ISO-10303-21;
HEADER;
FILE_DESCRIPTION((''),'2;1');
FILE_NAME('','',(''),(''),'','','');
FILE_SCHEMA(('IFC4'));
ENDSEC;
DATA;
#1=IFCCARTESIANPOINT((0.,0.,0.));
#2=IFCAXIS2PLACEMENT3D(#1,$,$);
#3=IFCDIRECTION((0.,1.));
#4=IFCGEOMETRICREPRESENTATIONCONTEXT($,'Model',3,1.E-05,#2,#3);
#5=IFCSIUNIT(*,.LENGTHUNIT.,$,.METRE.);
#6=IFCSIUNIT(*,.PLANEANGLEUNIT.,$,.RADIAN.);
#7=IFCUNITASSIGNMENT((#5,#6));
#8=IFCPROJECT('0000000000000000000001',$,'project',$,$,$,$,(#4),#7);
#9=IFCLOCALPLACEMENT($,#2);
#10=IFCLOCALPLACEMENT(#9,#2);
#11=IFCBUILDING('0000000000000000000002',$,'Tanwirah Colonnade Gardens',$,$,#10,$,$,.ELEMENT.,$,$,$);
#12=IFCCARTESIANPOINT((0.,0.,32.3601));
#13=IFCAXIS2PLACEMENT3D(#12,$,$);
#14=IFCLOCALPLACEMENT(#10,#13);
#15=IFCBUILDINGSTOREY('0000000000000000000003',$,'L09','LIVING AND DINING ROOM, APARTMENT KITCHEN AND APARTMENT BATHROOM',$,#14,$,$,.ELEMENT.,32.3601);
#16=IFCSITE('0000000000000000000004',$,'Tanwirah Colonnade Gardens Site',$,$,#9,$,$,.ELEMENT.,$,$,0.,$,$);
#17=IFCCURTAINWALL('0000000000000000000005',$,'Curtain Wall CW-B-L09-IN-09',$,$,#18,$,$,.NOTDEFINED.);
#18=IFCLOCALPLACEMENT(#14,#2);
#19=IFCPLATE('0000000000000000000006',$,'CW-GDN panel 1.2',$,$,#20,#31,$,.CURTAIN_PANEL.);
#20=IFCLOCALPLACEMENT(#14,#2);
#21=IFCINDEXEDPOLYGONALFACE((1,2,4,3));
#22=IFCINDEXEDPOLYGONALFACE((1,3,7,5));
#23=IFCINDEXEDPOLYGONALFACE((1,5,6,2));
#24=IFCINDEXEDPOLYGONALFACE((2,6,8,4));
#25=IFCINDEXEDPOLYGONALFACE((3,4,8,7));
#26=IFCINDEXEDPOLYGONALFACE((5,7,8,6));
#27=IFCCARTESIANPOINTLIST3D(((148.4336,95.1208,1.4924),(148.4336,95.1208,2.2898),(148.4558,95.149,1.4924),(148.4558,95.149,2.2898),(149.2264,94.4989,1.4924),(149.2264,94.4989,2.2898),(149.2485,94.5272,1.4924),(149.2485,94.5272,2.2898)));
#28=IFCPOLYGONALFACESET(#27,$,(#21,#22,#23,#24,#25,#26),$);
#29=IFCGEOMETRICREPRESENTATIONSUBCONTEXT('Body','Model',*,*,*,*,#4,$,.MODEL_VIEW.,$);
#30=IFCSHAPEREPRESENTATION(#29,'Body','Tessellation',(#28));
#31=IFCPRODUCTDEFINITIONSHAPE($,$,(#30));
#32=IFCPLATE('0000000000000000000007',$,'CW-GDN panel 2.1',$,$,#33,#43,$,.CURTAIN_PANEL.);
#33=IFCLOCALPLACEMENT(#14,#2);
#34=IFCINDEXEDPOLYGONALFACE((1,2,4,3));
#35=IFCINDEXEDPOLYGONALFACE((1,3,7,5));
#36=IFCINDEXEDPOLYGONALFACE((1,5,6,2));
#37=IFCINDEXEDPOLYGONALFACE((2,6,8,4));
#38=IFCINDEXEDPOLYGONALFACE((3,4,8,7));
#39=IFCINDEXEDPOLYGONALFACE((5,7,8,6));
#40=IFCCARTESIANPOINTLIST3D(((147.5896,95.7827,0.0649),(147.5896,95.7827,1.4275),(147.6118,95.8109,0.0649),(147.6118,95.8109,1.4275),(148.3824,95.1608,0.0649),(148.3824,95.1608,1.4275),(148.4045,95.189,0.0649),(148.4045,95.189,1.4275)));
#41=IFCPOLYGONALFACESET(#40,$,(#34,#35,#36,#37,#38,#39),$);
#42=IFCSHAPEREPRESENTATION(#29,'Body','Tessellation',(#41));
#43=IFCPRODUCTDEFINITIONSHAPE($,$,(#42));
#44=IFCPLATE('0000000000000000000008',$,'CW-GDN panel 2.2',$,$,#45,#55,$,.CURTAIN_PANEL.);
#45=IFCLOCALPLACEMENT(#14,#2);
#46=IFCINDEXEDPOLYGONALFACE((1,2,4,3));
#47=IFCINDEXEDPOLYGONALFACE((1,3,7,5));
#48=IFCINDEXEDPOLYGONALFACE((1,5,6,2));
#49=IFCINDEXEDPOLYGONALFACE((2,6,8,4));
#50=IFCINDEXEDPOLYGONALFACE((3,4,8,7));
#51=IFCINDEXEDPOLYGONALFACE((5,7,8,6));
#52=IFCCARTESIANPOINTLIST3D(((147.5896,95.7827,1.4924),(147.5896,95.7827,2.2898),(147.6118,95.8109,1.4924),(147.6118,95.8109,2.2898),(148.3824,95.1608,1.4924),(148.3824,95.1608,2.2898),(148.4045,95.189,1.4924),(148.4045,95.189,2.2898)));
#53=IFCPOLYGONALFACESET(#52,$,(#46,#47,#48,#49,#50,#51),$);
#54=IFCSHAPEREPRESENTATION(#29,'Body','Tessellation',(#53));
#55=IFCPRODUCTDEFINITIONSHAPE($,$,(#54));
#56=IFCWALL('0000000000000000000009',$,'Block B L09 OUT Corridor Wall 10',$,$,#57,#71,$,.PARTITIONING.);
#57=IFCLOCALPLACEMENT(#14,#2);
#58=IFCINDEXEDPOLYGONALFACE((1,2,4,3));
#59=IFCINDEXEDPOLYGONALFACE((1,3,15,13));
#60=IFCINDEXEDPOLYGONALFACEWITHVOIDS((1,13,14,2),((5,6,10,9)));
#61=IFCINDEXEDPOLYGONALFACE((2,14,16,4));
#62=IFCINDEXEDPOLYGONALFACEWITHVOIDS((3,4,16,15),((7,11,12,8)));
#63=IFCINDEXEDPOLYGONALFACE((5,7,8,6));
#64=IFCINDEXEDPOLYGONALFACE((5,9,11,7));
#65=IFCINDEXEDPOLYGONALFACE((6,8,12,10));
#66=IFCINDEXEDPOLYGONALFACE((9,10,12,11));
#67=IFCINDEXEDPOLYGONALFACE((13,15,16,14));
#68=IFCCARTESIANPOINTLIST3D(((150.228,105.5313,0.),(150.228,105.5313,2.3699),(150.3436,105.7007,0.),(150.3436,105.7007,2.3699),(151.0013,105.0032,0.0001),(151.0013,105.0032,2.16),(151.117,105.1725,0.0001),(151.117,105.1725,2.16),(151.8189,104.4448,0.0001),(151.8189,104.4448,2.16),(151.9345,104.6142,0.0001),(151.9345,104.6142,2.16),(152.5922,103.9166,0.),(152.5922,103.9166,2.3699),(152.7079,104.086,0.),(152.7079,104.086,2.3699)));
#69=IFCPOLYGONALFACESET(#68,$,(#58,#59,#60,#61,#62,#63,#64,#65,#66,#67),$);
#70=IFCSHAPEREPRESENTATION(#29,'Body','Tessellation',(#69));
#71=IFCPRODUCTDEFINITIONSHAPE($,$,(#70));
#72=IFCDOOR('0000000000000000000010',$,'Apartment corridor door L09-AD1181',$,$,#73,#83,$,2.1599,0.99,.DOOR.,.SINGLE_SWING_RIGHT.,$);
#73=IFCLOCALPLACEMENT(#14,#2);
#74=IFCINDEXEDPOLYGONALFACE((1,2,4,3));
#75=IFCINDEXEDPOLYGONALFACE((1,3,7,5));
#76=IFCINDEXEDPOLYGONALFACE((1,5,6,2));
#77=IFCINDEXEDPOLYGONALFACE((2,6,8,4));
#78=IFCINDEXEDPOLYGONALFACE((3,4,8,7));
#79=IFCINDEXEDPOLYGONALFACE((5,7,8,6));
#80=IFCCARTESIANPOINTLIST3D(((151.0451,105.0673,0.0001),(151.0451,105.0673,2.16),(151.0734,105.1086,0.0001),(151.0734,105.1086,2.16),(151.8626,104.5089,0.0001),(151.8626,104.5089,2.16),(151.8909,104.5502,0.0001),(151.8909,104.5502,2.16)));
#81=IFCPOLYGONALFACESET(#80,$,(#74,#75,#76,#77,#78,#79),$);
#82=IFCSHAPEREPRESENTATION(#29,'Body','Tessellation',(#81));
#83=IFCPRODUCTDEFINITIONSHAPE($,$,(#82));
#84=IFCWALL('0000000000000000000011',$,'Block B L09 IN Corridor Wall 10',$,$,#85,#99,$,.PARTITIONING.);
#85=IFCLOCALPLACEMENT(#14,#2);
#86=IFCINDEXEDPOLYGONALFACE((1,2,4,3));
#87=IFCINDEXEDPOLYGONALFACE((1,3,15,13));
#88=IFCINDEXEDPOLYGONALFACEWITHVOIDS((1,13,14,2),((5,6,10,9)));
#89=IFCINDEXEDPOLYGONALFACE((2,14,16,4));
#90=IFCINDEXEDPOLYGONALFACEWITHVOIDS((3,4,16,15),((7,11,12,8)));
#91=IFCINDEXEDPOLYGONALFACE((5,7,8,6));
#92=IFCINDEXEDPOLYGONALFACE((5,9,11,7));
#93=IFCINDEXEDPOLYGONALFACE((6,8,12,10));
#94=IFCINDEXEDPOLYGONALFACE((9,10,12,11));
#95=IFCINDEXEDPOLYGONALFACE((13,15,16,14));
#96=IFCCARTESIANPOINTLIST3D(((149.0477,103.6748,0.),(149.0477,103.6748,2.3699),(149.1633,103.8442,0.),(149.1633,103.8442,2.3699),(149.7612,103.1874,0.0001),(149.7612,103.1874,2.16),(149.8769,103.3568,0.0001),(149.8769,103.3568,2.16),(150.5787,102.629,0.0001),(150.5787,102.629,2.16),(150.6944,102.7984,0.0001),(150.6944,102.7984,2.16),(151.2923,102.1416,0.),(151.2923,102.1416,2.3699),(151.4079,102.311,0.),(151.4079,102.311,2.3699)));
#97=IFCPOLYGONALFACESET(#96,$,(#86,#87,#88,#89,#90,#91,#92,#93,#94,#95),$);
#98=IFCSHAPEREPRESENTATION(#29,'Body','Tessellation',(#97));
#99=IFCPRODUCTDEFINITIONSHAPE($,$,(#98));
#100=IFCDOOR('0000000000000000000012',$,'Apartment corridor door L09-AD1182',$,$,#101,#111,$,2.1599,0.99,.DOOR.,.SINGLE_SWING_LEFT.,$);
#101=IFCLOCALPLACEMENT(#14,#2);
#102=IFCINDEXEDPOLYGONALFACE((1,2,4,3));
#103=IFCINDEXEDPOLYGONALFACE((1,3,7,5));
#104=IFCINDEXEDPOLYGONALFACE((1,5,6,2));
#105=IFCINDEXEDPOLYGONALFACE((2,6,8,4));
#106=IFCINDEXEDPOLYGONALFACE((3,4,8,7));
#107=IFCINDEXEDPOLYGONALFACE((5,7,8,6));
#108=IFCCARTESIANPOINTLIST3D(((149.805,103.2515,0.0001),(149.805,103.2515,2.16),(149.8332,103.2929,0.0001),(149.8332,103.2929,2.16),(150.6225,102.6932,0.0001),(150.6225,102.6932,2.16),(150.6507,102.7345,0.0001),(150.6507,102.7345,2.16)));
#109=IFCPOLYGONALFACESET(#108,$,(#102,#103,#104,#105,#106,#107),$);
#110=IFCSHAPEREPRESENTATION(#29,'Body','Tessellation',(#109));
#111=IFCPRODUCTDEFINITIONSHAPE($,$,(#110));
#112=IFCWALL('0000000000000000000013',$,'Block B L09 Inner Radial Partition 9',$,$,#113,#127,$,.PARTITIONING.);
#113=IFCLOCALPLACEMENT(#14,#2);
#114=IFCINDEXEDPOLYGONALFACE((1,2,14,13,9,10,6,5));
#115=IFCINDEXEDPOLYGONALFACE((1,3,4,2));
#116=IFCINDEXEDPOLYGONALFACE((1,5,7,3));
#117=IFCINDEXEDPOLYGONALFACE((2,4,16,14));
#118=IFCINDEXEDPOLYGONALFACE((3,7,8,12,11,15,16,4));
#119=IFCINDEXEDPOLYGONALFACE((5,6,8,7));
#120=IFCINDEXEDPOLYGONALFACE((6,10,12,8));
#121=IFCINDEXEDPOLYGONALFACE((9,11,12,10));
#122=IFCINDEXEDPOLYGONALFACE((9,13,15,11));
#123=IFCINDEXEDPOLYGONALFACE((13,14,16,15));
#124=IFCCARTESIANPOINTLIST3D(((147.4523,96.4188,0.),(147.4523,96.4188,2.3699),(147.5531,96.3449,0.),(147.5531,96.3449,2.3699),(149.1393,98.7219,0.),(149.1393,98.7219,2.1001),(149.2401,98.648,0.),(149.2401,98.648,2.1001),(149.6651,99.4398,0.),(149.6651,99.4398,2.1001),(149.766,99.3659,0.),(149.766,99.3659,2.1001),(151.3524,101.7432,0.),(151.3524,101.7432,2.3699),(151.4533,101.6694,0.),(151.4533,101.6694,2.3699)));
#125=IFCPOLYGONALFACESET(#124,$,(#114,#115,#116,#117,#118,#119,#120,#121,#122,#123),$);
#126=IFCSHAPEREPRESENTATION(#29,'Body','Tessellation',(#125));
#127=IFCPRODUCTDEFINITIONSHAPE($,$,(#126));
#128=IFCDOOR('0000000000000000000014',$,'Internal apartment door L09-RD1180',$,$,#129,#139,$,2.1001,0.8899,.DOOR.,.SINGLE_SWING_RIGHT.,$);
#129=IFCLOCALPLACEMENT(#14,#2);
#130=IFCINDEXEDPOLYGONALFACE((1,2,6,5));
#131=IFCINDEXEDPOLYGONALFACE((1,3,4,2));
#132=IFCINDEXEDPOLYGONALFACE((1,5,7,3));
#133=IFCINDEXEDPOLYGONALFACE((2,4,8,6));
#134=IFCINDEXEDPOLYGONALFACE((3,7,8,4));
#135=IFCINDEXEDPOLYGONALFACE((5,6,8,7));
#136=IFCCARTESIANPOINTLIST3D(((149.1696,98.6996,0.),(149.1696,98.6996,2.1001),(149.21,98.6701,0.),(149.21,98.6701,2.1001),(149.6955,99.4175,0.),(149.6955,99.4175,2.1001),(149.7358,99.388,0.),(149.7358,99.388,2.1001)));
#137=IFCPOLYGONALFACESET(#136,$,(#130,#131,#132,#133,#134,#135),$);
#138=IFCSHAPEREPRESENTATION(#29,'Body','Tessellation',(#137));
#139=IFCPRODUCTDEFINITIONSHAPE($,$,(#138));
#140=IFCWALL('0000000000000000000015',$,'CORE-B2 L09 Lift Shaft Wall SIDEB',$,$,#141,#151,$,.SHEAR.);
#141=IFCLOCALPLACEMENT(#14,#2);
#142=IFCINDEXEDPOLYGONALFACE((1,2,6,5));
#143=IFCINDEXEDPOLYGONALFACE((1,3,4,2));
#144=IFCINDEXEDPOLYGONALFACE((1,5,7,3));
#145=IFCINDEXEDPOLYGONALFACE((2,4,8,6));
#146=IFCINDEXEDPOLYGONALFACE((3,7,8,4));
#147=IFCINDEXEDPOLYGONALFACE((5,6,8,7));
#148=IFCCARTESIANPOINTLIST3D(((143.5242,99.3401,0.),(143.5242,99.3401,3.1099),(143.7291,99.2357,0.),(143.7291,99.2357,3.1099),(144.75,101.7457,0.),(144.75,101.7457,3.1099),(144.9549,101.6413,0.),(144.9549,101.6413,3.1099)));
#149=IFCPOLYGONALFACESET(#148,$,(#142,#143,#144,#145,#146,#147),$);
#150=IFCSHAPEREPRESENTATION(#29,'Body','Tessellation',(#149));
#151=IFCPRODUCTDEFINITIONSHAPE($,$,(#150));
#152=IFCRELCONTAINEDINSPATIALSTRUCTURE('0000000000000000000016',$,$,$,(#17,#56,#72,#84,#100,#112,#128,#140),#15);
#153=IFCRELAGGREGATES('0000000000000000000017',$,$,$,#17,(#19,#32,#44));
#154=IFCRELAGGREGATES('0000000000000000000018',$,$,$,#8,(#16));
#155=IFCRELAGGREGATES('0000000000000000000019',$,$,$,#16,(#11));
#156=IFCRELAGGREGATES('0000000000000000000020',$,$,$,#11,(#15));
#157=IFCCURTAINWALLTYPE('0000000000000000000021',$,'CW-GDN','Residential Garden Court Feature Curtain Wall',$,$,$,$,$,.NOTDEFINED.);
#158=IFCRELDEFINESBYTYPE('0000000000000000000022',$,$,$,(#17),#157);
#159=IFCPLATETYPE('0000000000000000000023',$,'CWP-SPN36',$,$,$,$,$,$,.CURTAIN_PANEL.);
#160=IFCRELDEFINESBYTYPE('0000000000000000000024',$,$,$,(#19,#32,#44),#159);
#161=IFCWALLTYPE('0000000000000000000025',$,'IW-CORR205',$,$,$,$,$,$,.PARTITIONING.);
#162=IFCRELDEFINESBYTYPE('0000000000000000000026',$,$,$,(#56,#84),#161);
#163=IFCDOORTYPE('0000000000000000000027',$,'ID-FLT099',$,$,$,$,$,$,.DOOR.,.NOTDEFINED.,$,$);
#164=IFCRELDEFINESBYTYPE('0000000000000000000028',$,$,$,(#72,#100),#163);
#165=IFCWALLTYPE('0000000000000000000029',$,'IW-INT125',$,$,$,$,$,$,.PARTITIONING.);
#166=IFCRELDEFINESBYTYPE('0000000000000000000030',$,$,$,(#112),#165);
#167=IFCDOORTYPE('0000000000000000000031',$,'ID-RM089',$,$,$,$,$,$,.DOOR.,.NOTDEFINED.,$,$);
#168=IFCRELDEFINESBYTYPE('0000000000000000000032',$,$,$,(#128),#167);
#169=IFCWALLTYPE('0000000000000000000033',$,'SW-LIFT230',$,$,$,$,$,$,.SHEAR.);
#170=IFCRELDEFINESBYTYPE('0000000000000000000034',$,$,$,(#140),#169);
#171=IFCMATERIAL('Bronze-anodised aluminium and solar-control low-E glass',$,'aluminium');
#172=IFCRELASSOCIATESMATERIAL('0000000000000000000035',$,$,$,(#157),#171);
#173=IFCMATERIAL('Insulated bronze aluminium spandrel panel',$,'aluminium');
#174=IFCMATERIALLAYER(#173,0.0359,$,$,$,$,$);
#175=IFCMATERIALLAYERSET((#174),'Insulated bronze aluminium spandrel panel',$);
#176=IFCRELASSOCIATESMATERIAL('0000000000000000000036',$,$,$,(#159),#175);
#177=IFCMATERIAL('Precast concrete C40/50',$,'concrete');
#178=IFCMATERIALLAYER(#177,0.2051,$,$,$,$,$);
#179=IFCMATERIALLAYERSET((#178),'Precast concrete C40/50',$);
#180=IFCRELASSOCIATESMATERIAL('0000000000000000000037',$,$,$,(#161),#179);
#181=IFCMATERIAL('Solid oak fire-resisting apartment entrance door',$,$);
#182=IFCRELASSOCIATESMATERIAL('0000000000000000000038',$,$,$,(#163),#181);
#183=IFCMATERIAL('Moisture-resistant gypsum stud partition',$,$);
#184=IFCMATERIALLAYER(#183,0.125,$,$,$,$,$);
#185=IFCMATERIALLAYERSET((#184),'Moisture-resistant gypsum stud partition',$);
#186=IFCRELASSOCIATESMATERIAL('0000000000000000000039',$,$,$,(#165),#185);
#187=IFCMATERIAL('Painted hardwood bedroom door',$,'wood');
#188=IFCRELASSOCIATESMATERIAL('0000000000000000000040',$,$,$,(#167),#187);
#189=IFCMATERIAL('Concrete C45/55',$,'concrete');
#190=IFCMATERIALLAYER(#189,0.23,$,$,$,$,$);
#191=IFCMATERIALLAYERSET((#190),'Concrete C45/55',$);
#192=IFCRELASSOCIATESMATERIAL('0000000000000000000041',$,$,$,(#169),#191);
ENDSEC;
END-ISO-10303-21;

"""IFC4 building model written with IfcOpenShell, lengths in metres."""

from ifc_helpers import new_model, si_unit, direction, frame, frame_2d, origin, origin_2d, place, context, subcontext, project, spatial, rectangle, extrude, material, layer, layer_set, type_object, element, fill, aggregate, save


model = new_model("IFC4")

# Units and contexts
model_context = context("Model", 3, precision=1e-05, world=origin(), true_north=direction((0.0, 1.0)))
body_context = subcontext(model_context, "Body", "Model", "MODEL_VIEW")
ifc_project = project(units=[si_unit("LENGTHUNIT", "METRE"), si_unit("PLANEANGLEUNIT", "RADIAN")], contexts=[model_context])

# Site, building, storey
site_placement = place(None, origin())
site = spatial("IfcSite", under=ifc_project, at=site_placement, Name="Tanwirah Colonnade Gardens Site", CompositionType="ELEMENT", RefElevation=0.0)
building_placement = place(site_placement, origin())
building = spatial("IfcBuilding", under=site, at=building_placement, Name="Tanwirah Colonnade Gardens", CompositionType="ELEMENT")
storey_placement = place(building_placement, frame((0.0, 0.0, 32.3601)))
storey = spatial("IfcBuildingStorey", under=building, at=storey_placement, Name="L09", Description="LIVING AND DINING ROOM, APARTMENT KITCHEN AND APARTMENT BATHROOM", CompositionType="ELEMENT", Elevation=32.3601)

# Shared definitions
ifc_material_1 = material(Name="Precast concrete C40/50", Category="concrete")

# Curtain wall
ifc_material_2 = material(Name="Bronze-anodised aluminium and solar-control low-E glass", Category="aluminium")
curtain_wall_type = type_object("IfcCurtainWallType", Name="CW-GDN", Description="Residential Garden Court Feature Curtain Wall", PredefinedType="NOTDEFINED", material=ifc_material_2)
curtain_wall_placement = place(storey_placement, origin())
curtain_wall = element("IfcCurtainWall", 1, at=curtain_wall_placement, inside=storey, type_object=curtain_wall_type, Name="Curtain Wall CW-B-L09-IN-09", PredefinedType="NOTDEFINED")

# Plates
ifc_material_3 = material(Name="Insulated bronze aluminium spandrel panel", Category="aluminium")
ifc_layer_1 = layer(ifc_material_3, 0.0359)
ifc_layer_set_1 = layer_set([ifc_layer_1], Name="Insulated bronze aluminium spandrel panel")
plate_type = type_object("IfcPlateType", Name="CWP-SPN36", PredefinedType="CURTAIN_PANEL", material=ifc_layer_set_1)
plate_1_placement = place(storey_placement, frame((148.8411, 94.824, 1.4924), z_axis=(0.0, 0.0, 1.0), x_axis=(-0.786815, 0.617189, 0.0)))
plate_1 = element("IfcPlate", 2, at=plate_1_placement, type_object=plate_type, Name="CW-GDN panel 1.2", PredefinedType="CURTAIN_PANEL", context=body_context, shape_type="SweptSolid", body=[
    extrude(rectangle(XDim=1.0076, YDim=0.0359, at=origin_2d()), origin(), (0.0, 0.0, 1.0), 0.7974),
])
plate_2_placement = place(storey_placement, frame((147.9971, 95.4858, 0.0649), z_axis=(0.0, 0.0, 1.0), x_axis=(-0.786815, 0.617189, 0.0)))
plate_2 = element("IfcPlate", 3, at=plate_2_placement, type_object=plate_type, Name="CW-GDN panel 2.1", PredefinedType="CURTAIN_PANEL", context=body_context, shape_type="SweptSolid", body=[
    extrude(rectangle(XDim=1.0076, YDim=0.0359, at=origin_2d()), origin(), (0.0, 0.0, 1.0), 1.3625),
])
plate_3_placement = place(storey_placement, frame((147.9971, 95.4858, 1.4924), z_axis=(0.0, 0.0, 1.0), x_axis=(-0.786815, 0.617189, 0.0)))
plate_3 = element("IfcPlate", 4, at=plate_3_placement, type_object=plate_type, Name="CW-GDN panel 2.2", PredefinedType="CURTAIN_PANEL", context=body_context, shape_type="SweptSolid", body=[
    extrude(rectangle(XDim=1.0076, YDim=0.0359, at=origin_2d()), origin(), (0.0, 0.0, 1.0), 0.7974),
])
aggregate(curtain_wall, [plate_1, plate_2, plate_3])

# Walls, openings, doors
ifc_layer_2 = layer(ifc_material_1, 0.2051)
ifc_layer_set_2 = layer_set([ifc_layer_2], Name="Precast concrete C40/50")
wall_type_1 = type_object("IfcWallType", Name="IW-CORR205", PredefinedType="PARTITIONING", material=ifc_layer_set_2)
wall_1_placement = place(storey_placement, frame((152.6501, 104.0012, 0.0), z_axis=(0.0, 0.0, 1.0), x_axis=(-0.82578, 0.563993, 0.0)))
wall_1 = element("IfcWall", 5, at=wall_1_placement, inside=storey, type_object=wall_type_1, Name="Block B L09 OUT Corridor Wall 10", PredefinedType="PARTITIONING", context=body_context, shape_type="SweptSolid", body=[
    extrude(rectangle(XDim=2.863, YDim=0.2051, at=frame_2d((1.4316, 0.0))), origin(), (0.0, 0.0, 1.0), 2.3699),
])
opening_1_placement = place(wall_1_placement, frame((0.9365, 0.0, 0.0)))
opening_1 = element("IfcOpeningElement", 6, at=opening_1_placement, cuts=wall_1, PredefinedType="OPENING", context=body_context, shape_type="SweptSolid", body=[
    extrude(rectangle(XDim=0.99, YDim=2.1599, at=frame_2d((0.4951, 1.0801))), frame((0.0, 0.1125, 0.0), z_axis=(0.0, -1.0, 0.0), x_axis=(1.0, 0.0, 0.0)), (0.0, 0.0, 1.0), 0.2251),
])
ifc_material_4 = material(Name="Solid oak fire-resisting apartment entrance door")
door_type_1 = type_object("IfcDoorType", Name="ID-FLT099", OperationType="NOTDEFINED", PredefinedType="DOOR", material=ifc_material_4)
door_1_placement = place(opening_1_placement, origin())
door_1 = element("IfcDoor", 7, at=door_1_placement, inside=storey, type_object=door_type_1, Name="Apartment corridor door L09-AD1181", OperationType="SINGLE_SWING_RIGHT", OverallHeight=2.1599, OverallWidth=0.99, PredefinedType="DOOR", context=body_context, shape_type="SweptSolid", body=[
    extrude(rectangle(XDim=0.99, YDim=2.1599, at=frame_2d((0.4951, 1.0801))), frame((0.0, 0.0249, 0.0), z_axis=(0.0, -1.0, 0.0), x_axis=(1.0, 0.0, 0.0)), (0.0, 0.0, 1.0), 0.05),
])
fill(opening_1, door_1)
wall_2_placement = place(storey_placement, frame((151.3501, 102.2263, 0.0), z_axis=(0.0, 0.0, 1.0), x_axis=(-0.825752, 0.564033, 0.0)))
wall_2 = element("IfcWall", 8, at=wall_2_placement, inside=storey, type_object=wall_type_1, Name="Block B L09 IN Corridor Wall 10", PredefinedType="PARTITIONING", context=body_context, shape_type="SweptSolid", body=[
    extrude(rectangle(XDim=2.7183, YDim=0.2051, at=frame_2d((1.3591, 0.0))), origin(), (0.0, 0.0, 1.0), 2.3699),
])
opening_2_placement = place(wall_2_placement, frame((0.864, 0.0, 0.0)))
opening_2 = element("IfcOpeningElement", 9, at=opening_2_placement, cuts=wall_2, PredefinedType="OPENING", context=body_context, shape_type="SweptSolid", body=[
    extrude(rectangle(XDim=0.99, YDim=2.1599, at=frame_2d((0.4951, 1.0801))), frame((0.0, 0.1125, 0.0), z_axis=(0.0, -1.0, 0.0), x_axis=(1.0, 0.0, 0.0)), (0.0, 0.0, 1.0), 0.2251),
])
door_2_placement = place(opening_2_placement, origin())
door_2 = element("IfcDoor", 10, at=door_2_placement, inside=storey, type_object=door_type_1, Name="Apartment corridor door L09-AD1182", OperationType="SINGLE_SWING_LEFT", OverallHeight=2.1599, OverallWidth=0.99, PredefinedType="DOOR", context=body_context, shape_type="SweptSolid", body=[
    extrude(rectangle(XDim=0.99, YDim=2.1599, at=frame_2d((0.4951, 1.0801))), frame((0.0, 0.0249, 0.0), z_axis=(0.0, -1.0, 0.0), x_axis=(1.0, 0.0, 0.0)), (0.0, 0.0, 1.0), 0.05),
])
fill(opening_2, door_2)
ifc_material_5 = material(Name="Moisture-resistant gypsum stud partition")
ifc_layer_3 = layer(ifc_material_5, 0.125)
ifc_layer_set_3 = layer_set([ifc_layer_3], Name="Moisture-resistant gypsum stud partition")
wall_type_2 = type_object("IfcWallType", Name="IW-INT125", PredefinedType="PARTITIONING", material=ifc_layer_set_3)
wall_3_placement = place(storey_placement, frame((147.5027, 96.3818, 0.0), z_axis=(0.0, 0.0, 1.0), x_axis=(0.590924, 0.806727, 0.0)))
wall_3 = element("IfcWall", 11, at=wall_3_placement, inside=storey, type_object=wall_type_2, Name="Block B L09 Inner Radial Partition 9", PredefinedType="PARTITIONING", context=body_context, shape_type="SweptSolid", body=[
    extrude(rectangle(XDim=6.6001, YDim=0.125, at=frame_2d((3.3, 0.0))), origin(), (0.0, 0.0, 1.0), 2.3699),
])
opening_3_placement = place(wall_3_placement, frame((2.855, 0.0, 0.0)))
opening_3 = element("IfcOpeningElement", 12, at=opening_3_placement, cuts=wall_3, PredefinedType="OPENING", context=body_context, shape_type="SweptSolid", body=[
    extrude(rectangle(XDim=0.8899, YDim=2.1001, at=frame_2d((0.4448, 1.05))), frame((0.0, 0.0725, 0.0), z_axis=(0.0, -1.0, 0.0), x_axis=(1.0, 0.0, 0.0)), (0.0, 0.0, 1.0), 0.145),
])
ifc_material_6 = material(Name="Painted hardwood bedroom door", Category="wood")
door_type_2 = type_object("IfcDoorType", Name="ID-RM089", OperationType="NOTDEFINED", PredefinedType="DOOR", material=ifc_material_6)
door_3_placement = place(opening_3_placement, origin())
door_3 = element("IfcDoor", 13, at=door_3_placement, inside=storey, type_object=door_type_2, Name="Internal apartment door L09-RD1180", OperationType="SINGLE_SWING_RIGHT", OverallHeight=2.1001, OverallWidth=0.8899, PredefinedType="DOOR", context=body_context, shape_type="SweptSolid", body=[
    extrude(rectangle(XDim=0.8899, YDim=2.1001, at=frame_2d((0.4448, 1.05))), frame((0.0, 0.0249, 0.0), z_axis=(0.0, -1.0, 0.0), x_axis=(1.0, 0.0, 0.0)), (0.0, 0.0, 1.0), 0.05),
])
fill(opening_3, door_3)

# Wall
ifc_material_7 = material(Name="Concrete C45/55", Category="concrete")
ifc_layer_4 = layer(ifc_material_7, 0.23)
ifc_layer_set_4 = layer_set([ifc_layer_4], Name="Concrete C45/55")
wall_type_3 = type_object("IfcWallType", Name="SW-LIFT230", PredefinedType="SHEAR", material=ifc_layer_set_4)
wall_4_placement = place(storey_placement, frame((144.8525, 101.6936, 0.0), z_axis=(0.0, 0.0, 1.0), x_axis=(-0.454037, -0.890983, 0.0)))
element("IfcWall", 14, at=wall_4_placement, inside=storey, type_object=wall_type_3, Name="CORE-B2 L09 Lift Shaft Wall SIDEB", PredefinedType="SHEAR", context=body_context, shape_type="SweptSolid", body=[
    extrude(rectangle(XDim=2.7, YDim=0.23, at=frame_2d((1.3501, 0.0))), origin(), (0.0, 0.0, 1.0), 3.1099),
])

save(model, "model.ifc")
